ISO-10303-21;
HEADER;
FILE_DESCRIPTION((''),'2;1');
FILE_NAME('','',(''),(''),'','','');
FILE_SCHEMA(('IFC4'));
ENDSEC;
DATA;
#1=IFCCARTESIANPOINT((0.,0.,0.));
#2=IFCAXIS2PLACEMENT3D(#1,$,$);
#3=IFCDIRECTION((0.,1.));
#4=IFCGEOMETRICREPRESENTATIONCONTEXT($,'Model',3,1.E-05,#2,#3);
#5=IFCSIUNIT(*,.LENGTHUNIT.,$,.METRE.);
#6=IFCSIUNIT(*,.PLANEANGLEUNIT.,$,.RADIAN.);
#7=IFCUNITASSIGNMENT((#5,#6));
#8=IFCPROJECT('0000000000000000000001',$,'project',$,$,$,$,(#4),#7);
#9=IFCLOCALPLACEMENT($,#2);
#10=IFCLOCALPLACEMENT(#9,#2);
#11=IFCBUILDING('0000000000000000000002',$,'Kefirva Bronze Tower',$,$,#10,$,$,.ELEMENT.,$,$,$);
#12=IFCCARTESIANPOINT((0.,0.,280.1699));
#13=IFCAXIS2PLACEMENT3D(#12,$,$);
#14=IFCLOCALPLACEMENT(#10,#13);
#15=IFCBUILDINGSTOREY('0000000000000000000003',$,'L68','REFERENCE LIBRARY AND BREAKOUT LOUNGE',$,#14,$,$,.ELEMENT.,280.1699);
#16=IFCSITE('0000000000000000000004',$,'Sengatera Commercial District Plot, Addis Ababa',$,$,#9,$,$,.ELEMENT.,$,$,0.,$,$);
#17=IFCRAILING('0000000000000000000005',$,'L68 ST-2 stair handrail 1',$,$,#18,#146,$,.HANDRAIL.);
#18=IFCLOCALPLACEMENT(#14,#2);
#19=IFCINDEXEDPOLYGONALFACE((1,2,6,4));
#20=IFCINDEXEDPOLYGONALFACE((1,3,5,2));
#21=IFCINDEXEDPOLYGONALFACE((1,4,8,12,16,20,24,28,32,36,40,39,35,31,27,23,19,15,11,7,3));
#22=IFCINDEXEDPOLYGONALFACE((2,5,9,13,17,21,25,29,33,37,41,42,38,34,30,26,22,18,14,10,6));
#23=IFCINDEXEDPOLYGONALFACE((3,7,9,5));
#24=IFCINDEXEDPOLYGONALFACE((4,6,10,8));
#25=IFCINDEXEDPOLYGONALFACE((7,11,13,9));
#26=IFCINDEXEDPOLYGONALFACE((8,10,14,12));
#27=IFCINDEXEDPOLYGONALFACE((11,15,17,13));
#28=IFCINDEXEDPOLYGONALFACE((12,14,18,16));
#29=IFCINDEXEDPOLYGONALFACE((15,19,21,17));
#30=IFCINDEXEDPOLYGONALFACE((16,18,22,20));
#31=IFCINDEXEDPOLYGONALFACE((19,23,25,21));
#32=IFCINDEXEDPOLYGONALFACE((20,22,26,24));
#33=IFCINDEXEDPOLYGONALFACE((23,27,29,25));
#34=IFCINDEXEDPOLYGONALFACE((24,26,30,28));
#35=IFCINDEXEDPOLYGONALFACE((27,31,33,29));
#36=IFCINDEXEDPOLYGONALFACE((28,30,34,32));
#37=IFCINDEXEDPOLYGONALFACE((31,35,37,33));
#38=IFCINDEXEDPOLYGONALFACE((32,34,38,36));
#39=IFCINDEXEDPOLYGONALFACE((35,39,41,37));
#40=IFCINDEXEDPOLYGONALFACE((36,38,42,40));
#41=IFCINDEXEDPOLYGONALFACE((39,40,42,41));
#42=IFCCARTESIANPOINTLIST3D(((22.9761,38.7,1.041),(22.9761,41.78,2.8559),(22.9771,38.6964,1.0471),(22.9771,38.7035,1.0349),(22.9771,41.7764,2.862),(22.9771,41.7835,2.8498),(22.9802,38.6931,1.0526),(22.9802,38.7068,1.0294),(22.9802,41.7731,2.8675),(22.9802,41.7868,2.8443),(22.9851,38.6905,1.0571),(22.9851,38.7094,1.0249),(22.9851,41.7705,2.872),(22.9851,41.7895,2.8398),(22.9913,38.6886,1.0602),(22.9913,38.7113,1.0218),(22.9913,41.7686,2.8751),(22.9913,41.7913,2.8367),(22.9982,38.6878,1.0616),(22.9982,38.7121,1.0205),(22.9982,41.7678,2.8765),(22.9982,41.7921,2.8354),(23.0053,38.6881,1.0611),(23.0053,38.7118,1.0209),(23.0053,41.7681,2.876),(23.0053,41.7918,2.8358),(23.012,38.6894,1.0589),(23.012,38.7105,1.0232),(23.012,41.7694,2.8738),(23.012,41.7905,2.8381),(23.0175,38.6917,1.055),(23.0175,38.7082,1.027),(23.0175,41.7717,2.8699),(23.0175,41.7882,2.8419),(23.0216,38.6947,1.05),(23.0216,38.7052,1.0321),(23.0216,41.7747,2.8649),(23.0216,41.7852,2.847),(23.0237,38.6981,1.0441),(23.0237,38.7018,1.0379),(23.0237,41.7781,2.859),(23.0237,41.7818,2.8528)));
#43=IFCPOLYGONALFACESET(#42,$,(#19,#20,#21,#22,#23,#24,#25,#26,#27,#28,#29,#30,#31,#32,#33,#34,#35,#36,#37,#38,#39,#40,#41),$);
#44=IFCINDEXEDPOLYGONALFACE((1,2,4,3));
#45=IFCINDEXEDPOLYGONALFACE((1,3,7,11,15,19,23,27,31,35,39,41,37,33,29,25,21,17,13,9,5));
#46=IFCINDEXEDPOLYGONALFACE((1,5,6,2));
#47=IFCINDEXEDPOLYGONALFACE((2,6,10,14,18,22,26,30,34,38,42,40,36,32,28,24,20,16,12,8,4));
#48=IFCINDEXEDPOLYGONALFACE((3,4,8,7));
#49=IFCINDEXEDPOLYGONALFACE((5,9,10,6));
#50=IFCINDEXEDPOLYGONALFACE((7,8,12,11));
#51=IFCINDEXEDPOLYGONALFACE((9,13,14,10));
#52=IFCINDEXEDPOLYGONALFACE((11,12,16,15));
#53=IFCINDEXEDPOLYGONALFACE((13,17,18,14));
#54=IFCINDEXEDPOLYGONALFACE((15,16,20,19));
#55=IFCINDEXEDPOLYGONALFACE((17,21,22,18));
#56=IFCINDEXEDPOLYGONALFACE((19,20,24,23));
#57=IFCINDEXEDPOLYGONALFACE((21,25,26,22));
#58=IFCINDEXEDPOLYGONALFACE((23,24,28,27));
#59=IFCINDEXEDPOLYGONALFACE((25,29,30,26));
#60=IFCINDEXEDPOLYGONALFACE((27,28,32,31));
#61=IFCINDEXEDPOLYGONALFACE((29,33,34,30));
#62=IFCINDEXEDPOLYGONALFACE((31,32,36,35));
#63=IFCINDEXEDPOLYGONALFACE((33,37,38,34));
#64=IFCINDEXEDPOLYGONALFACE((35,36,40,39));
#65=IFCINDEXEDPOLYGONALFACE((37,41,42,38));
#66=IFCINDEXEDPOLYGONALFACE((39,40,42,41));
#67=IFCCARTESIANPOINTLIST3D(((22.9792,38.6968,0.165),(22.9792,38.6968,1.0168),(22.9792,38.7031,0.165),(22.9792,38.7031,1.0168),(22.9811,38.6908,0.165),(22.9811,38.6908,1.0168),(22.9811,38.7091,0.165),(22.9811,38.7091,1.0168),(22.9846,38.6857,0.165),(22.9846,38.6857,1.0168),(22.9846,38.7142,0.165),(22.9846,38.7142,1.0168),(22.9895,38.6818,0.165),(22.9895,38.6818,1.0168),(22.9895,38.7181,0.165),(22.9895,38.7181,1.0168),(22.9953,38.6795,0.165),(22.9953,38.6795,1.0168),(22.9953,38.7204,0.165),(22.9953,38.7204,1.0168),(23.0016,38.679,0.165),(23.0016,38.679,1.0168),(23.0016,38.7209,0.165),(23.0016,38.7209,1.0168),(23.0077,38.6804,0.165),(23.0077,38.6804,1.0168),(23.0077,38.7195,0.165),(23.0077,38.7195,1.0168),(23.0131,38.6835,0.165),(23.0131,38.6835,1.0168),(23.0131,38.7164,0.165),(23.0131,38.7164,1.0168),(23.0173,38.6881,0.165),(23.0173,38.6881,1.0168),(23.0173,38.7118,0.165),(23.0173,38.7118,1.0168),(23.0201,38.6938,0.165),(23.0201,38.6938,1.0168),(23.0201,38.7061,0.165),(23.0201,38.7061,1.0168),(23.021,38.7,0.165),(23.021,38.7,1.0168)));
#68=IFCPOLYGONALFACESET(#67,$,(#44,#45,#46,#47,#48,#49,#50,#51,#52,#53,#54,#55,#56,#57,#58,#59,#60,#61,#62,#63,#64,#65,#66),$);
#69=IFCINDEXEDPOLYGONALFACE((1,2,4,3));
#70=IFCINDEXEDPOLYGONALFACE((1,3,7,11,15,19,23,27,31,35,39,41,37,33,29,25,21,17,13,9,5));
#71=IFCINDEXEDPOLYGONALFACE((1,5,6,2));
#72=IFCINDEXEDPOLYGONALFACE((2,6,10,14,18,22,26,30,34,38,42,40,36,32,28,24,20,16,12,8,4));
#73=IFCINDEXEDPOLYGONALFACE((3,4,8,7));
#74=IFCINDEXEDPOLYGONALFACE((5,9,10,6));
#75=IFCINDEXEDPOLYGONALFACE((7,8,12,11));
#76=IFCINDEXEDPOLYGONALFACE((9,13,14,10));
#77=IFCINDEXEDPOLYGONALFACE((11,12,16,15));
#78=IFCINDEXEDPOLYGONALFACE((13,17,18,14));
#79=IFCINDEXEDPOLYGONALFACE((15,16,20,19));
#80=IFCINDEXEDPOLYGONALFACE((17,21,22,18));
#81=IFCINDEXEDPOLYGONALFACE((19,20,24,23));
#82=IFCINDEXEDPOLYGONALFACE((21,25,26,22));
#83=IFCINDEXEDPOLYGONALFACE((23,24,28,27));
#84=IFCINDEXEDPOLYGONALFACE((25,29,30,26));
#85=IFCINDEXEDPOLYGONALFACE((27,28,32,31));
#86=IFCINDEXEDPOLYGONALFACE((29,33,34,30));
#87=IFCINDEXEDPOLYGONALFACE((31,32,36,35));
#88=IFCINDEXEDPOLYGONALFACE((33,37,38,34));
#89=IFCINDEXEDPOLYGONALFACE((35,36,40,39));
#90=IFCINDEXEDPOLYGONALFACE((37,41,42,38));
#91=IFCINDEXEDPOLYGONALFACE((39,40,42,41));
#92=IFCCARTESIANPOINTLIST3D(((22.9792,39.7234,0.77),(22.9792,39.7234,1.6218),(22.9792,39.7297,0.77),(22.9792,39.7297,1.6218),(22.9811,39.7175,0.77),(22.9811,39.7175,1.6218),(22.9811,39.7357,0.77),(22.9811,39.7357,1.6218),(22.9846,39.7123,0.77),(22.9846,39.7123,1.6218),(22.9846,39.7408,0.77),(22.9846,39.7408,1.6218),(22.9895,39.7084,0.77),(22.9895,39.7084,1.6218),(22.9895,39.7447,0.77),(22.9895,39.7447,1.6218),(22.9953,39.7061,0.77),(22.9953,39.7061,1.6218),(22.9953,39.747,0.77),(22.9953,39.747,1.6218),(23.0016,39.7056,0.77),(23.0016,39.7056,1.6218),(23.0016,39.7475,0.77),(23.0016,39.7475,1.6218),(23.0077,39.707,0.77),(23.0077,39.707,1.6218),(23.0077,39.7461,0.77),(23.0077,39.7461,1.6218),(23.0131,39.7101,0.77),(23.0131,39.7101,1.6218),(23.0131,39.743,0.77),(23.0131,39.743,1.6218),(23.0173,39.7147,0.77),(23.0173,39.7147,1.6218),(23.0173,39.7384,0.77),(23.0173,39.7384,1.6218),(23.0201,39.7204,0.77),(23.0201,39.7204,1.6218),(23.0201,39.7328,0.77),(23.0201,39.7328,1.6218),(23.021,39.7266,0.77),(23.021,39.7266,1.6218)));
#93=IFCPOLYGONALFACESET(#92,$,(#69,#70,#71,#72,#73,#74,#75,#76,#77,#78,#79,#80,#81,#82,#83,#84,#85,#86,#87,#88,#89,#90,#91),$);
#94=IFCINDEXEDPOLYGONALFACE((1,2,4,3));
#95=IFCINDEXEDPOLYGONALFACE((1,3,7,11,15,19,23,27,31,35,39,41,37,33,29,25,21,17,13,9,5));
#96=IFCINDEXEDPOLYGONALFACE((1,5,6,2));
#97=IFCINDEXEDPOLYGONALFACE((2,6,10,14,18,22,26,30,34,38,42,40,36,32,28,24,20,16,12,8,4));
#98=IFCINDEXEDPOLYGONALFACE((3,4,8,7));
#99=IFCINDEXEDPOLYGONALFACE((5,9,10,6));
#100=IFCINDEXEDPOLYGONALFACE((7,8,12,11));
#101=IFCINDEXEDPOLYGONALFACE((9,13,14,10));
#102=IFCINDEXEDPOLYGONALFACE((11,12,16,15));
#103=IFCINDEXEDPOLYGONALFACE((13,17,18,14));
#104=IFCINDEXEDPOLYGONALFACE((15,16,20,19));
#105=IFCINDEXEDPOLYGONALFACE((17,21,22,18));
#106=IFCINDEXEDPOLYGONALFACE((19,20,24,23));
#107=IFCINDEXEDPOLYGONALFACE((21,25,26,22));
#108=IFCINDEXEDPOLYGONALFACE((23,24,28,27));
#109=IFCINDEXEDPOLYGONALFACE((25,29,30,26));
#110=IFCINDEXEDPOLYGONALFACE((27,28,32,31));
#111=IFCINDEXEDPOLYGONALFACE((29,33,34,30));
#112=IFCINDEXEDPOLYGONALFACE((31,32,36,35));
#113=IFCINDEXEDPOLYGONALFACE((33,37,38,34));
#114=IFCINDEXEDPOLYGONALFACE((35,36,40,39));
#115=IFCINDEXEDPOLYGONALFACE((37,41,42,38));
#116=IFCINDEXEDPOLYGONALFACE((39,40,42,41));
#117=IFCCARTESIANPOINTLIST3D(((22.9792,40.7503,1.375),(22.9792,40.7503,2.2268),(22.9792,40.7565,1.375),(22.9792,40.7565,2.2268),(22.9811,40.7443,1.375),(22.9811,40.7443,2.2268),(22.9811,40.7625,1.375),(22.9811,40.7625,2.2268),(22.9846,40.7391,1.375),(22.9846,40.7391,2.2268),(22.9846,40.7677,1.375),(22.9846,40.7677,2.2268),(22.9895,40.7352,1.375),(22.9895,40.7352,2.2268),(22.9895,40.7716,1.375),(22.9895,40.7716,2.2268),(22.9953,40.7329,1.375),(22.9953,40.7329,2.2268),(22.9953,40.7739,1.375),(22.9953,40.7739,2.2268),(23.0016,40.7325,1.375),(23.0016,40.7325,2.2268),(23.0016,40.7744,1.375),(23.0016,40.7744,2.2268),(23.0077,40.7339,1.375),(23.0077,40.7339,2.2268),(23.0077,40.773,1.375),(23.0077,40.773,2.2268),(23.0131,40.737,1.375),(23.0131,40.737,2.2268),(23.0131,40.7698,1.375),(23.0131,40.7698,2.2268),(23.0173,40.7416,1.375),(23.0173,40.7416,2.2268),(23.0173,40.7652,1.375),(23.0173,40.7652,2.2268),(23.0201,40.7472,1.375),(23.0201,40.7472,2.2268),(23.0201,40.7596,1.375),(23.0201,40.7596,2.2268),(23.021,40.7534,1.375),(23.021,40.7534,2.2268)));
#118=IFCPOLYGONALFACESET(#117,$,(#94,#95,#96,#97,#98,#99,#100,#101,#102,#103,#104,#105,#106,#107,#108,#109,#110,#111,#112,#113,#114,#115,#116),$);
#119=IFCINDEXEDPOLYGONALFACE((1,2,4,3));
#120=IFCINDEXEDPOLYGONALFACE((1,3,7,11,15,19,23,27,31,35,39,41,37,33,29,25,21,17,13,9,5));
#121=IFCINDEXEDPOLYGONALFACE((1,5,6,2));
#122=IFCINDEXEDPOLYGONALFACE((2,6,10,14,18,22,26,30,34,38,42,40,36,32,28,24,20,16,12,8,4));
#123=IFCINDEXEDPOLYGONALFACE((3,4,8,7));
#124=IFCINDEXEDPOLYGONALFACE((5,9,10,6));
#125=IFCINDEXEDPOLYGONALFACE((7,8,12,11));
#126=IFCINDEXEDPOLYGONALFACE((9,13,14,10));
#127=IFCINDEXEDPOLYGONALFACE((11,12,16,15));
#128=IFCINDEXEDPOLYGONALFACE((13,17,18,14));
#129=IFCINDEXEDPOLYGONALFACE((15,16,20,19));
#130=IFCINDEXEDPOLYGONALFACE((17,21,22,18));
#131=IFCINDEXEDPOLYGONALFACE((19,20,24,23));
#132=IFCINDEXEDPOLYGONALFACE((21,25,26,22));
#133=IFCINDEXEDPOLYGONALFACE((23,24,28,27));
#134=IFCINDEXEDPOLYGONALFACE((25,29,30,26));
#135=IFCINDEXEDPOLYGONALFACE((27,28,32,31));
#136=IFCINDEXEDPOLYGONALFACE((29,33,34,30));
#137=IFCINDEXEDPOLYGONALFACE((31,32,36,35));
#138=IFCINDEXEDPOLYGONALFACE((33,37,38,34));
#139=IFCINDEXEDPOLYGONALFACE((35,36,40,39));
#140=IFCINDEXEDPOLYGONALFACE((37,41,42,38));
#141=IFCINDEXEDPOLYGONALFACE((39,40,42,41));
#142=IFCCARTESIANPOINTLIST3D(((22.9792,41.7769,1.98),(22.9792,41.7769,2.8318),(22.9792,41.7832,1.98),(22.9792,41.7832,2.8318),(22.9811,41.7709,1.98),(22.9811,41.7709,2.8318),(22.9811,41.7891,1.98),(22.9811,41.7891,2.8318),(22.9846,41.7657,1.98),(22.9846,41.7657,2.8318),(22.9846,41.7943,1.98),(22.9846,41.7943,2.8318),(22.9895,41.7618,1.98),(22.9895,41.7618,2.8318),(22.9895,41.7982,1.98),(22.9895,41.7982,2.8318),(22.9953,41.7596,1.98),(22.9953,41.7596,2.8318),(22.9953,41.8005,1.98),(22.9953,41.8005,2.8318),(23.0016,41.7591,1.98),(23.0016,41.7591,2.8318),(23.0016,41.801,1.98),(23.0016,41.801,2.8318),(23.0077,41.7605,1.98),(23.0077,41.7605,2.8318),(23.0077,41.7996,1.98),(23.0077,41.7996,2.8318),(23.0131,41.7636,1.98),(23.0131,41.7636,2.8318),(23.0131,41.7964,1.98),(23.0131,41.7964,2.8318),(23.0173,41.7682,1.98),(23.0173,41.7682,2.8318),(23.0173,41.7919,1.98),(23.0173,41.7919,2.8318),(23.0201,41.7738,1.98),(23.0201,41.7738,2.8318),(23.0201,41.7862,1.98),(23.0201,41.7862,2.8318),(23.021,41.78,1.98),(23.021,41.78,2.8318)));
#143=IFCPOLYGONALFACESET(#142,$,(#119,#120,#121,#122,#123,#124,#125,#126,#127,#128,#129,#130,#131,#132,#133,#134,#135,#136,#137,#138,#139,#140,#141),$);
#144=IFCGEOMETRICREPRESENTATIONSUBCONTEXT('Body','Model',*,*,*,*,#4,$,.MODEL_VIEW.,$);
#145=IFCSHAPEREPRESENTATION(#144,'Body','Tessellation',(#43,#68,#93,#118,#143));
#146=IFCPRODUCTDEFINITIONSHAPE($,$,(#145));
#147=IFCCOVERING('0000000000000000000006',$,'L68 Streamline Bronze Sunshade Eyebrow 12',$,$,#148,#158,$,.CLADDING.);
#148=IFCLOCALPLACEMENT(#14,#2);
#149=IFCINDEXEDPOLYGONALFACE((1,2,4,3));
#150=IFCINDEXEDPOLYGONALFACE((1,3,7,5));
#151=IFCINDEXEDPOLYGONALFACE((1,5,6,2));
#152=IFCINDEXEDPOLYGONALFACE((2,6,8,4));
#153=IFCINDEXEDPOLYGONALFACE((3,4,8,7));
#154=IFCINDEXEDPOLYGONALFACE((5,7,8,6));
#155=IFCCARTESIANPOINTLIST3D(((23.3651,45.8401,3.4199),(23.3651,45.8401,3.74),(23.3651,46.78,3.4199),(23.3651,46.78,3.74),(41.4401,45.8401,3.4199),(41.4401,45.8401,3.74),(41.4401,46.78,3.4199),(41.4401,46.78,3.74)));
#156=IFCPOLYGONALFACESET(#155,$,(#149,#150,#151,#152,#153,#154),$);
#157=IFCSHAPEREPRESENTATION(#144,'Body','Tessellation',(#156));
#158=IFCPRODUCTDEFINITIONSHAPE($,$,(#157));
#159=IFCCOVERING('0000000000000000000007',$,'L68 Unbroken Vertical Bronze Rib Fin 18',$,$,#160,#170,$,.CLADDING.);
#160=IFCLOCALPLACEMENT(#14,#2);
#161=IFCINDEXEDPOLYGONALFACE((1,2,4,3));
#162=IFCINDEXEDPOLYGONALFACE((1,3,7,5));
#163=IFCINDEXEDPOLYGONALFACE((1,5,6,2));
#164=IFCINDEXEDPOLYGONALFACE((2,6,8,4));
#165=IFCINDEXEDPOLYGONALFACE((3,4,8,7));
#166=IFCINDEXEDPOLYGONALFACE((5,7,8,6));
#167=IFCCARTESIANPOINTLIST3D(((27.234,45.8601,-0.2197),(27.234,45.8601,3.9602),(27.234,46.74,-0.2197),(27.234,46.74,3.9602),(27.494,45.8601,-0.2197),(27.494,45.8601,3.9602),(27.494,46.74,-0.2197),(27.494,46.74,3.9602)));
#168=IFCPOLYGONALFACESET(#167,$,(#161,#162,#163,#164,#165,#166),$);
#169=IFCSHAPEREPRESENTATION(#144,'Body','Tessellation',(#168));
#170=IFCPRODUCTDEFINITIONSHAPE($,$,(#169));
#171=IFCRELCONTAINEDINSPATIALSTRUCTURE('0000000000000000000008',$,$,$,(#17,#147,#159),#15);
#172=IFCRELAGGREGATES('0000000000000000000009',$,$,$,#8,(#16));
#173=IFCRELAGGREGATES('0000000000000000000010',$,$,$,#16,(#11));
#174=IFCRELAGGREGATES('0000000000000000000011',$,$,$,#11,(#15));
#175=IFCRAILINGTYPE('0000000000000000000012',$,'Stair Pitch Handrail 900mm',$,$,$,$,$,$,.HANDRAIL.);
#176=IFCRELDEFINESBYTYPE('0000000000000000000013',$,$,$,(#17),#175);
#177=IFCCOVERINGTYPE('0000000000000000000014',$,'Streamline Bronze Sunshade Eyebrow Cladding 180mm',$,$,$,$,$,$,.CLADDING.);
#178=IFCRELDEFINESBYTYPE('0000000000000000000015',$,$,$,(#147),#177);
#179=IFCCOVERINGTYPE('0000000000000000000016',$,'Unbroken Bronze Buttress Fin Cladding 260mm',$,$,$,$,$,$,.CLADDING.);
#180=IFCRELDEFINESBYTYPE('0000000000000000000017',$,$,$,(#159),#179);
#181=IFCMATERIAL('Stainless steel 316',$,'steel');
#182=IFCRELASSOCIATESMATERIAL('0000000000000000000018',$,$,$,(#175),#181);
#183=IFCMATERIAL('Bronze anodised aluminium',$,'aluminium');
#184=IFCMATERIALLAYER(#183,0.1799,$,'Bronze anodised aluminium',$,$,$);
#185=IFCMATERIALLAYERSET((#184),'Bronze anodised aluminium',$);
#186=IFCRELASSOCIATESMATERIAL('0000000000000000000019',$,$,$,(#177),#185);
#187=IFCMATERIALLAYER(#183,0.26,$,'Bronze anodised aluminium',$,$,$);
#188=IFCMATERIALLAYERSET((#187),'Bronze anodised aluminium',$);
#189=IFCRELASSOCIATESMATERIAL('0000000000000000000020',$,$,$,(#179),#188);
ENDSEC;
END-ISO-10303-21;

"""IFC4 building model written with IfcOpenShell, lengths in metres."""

from ifc_helpers import new_model, si_unit, direction, frame, origin, origin_2d, place, context, subcontext, project, spatial, rectangle, circle, extrude, material, layer, layer_set, type_object, element, save


model = new_model("IFC4")

# Units and contexts
model_context = context("Model", 3, precision=1e-05, world=origin(), true_north=direction((0.0, 1.0)))
body_context = subcontext(model_context, "Body", "Model", "MODEL_VIEW")
ifc_project = project(units=[si_unit("LENGTHUNIT", "METRE"), si_unit("PLANEANGLEUNIT", "RADIAN")], contexts=[model_context])

# Site, building, storey
site_placement = place(None, origin())
site = spatial("IfcSite", under=ifc_project, at=site_placement, Name="Sengatera Commercial District Plot, Addis Ababa", CompositionType="ELEMENT", RefElevation=0.0)
building_placement = place(site_placement, origin())
building = spatial("IfcBuilding", under=site, at=building_placement, Name="Kefirva Bronze Tower", CompositionType="ELEMENT")
storey_placement = place(building_placement, frame((0.0, 0.0, 280.1699)))
storey = spatial("IfcBuildingStorey", under=building, at=storey_placement, Name="L68", Description="REFERENCE LIBRARY AND BREAKOUT LOUNGE", CompositionType="ELEMENT", Elevation=280.1699)

# Shared definitions
ifc_material_1 = material(Name="Bronze anodised aluminium", Category="aluminium")

# Railing
ifc_material_2 = material(Name="Stainless steel 316", Category="steel")
railing_type_1 = type_object("IfcRailingType", Name="Stair Pitch Handrail 900mm", PredefinedType="HANDRAIL", material=ifc_material_2)
railing_1_placement = place(storey_placement, frame((23.0, 38.7, 0.165)))
element("IfcRailing", 1, at=railing_1_placement, inside=storey, type_object=railing_type_1, Name="L68 ST-2 stair handrail 1", PredefinedType="HANDRAIL", context=body_context, shape_type="SweptSolid", body=[
    extrude(circle(Radius=0.0239, at=origin_2d()), frame((0.0, 0.0, 0.876), z_axis=(0.0, 0.861551, 0.507671), x_axis=(-1.0, 0.0, 0.0)), (0.0, 0.0, 1.0), 3.575),
    extrude(circle(Radius=0.021, at=origin_2d()), origin(), (0.0, 0.0, 1.0), 0.8518),
    extrude(circle(Radius=0.021, at=origin_2d()), frame((0.0, 1.0266, 0.605)), (0.0, 0.0, 1.0), 0.8518),
    extrude(circle(Radius=0.021, at=origin_2d()), frame((0.0, 2.0535, 1.21)), (0.0, 0.0, 1.0), 0.8518),
    extrude(circle(Radius=0.021, at=origin_2d()), frame((0.0, 3.0801, 1.8149)), (0.0, 0.0, 1.0), 0.8518),
])

# Coverings
ifc_layer_1 = layer(ifc_material_1, 0.1799, Name="Bronze anodised aluminium")
ifc_layer_set_1 = layer_set([ifc_layer_1], Name="Bronze anodised aluminium")
covering_type_1 = type_object("IfcCoveringType", Name="Streamline Bronze Sunshade Eyebrow Cladding 180mm", PredefinedType="CLADDING", material=ifc_layer_set_1)
covering_1_placement = place(storey_placement, frame((32.4026, 46.3101, 3.4199), z_axis=(0.0, 0.0, 1.0), x_axis=(-1.0, 0.0, 0.0)))
element("IfcCovering", 2, at=covering_1_placement, inside=storey, type_object=covering_type_1, Name="L68 Streamline Bronze Sunshade Eyebrow 12", PredefinedType="CLADDING", context=body_context, shape_type="SweptSolid", body=[
    extrude(rectangle(XDim=18.075, YDim=0.9399, at=origin_2d()), origin(), (0.0, 0.0, 1.0), 0.3201),
])
ifc_layer_2 = layer(ifc_material_1, 0.26, Name="Bronze anodised aluminium")
ifc_layer_set_2 = layer_set([ifc_layer_2], Name="Bronze anodised aluminium")
covering_type_2 = type_object("IfcCoveringType", Name="Unbroken Bronze Buttress Fin Cladding 260mm", PredefinedType="CLADDING", material=ifc_layer_set_2)
covering_2_placement = place(storey_placement, frame((27.364, 46.3, -0.2197), z_axis=(0.0, 0.0, 1.0), x_axis=(-1.0, 0.0, 0.0)))
element("IfcCovering", 3, at=covering_2_placement, inside=storey, type_object=covering_type_2, Name="L68 Unbroken Vertical Bronze Rib Fin 18", PredefinedType="CLADDING", context=body_context, shape_type="SweptSolid", body=[
    extrude(rectangle(XDim=0.26, YDim=0.8799, at=origin_2d()), origin(), (0.0, 0.0, 1.0), 4.1799),
])

save(model, "model.ifc")
